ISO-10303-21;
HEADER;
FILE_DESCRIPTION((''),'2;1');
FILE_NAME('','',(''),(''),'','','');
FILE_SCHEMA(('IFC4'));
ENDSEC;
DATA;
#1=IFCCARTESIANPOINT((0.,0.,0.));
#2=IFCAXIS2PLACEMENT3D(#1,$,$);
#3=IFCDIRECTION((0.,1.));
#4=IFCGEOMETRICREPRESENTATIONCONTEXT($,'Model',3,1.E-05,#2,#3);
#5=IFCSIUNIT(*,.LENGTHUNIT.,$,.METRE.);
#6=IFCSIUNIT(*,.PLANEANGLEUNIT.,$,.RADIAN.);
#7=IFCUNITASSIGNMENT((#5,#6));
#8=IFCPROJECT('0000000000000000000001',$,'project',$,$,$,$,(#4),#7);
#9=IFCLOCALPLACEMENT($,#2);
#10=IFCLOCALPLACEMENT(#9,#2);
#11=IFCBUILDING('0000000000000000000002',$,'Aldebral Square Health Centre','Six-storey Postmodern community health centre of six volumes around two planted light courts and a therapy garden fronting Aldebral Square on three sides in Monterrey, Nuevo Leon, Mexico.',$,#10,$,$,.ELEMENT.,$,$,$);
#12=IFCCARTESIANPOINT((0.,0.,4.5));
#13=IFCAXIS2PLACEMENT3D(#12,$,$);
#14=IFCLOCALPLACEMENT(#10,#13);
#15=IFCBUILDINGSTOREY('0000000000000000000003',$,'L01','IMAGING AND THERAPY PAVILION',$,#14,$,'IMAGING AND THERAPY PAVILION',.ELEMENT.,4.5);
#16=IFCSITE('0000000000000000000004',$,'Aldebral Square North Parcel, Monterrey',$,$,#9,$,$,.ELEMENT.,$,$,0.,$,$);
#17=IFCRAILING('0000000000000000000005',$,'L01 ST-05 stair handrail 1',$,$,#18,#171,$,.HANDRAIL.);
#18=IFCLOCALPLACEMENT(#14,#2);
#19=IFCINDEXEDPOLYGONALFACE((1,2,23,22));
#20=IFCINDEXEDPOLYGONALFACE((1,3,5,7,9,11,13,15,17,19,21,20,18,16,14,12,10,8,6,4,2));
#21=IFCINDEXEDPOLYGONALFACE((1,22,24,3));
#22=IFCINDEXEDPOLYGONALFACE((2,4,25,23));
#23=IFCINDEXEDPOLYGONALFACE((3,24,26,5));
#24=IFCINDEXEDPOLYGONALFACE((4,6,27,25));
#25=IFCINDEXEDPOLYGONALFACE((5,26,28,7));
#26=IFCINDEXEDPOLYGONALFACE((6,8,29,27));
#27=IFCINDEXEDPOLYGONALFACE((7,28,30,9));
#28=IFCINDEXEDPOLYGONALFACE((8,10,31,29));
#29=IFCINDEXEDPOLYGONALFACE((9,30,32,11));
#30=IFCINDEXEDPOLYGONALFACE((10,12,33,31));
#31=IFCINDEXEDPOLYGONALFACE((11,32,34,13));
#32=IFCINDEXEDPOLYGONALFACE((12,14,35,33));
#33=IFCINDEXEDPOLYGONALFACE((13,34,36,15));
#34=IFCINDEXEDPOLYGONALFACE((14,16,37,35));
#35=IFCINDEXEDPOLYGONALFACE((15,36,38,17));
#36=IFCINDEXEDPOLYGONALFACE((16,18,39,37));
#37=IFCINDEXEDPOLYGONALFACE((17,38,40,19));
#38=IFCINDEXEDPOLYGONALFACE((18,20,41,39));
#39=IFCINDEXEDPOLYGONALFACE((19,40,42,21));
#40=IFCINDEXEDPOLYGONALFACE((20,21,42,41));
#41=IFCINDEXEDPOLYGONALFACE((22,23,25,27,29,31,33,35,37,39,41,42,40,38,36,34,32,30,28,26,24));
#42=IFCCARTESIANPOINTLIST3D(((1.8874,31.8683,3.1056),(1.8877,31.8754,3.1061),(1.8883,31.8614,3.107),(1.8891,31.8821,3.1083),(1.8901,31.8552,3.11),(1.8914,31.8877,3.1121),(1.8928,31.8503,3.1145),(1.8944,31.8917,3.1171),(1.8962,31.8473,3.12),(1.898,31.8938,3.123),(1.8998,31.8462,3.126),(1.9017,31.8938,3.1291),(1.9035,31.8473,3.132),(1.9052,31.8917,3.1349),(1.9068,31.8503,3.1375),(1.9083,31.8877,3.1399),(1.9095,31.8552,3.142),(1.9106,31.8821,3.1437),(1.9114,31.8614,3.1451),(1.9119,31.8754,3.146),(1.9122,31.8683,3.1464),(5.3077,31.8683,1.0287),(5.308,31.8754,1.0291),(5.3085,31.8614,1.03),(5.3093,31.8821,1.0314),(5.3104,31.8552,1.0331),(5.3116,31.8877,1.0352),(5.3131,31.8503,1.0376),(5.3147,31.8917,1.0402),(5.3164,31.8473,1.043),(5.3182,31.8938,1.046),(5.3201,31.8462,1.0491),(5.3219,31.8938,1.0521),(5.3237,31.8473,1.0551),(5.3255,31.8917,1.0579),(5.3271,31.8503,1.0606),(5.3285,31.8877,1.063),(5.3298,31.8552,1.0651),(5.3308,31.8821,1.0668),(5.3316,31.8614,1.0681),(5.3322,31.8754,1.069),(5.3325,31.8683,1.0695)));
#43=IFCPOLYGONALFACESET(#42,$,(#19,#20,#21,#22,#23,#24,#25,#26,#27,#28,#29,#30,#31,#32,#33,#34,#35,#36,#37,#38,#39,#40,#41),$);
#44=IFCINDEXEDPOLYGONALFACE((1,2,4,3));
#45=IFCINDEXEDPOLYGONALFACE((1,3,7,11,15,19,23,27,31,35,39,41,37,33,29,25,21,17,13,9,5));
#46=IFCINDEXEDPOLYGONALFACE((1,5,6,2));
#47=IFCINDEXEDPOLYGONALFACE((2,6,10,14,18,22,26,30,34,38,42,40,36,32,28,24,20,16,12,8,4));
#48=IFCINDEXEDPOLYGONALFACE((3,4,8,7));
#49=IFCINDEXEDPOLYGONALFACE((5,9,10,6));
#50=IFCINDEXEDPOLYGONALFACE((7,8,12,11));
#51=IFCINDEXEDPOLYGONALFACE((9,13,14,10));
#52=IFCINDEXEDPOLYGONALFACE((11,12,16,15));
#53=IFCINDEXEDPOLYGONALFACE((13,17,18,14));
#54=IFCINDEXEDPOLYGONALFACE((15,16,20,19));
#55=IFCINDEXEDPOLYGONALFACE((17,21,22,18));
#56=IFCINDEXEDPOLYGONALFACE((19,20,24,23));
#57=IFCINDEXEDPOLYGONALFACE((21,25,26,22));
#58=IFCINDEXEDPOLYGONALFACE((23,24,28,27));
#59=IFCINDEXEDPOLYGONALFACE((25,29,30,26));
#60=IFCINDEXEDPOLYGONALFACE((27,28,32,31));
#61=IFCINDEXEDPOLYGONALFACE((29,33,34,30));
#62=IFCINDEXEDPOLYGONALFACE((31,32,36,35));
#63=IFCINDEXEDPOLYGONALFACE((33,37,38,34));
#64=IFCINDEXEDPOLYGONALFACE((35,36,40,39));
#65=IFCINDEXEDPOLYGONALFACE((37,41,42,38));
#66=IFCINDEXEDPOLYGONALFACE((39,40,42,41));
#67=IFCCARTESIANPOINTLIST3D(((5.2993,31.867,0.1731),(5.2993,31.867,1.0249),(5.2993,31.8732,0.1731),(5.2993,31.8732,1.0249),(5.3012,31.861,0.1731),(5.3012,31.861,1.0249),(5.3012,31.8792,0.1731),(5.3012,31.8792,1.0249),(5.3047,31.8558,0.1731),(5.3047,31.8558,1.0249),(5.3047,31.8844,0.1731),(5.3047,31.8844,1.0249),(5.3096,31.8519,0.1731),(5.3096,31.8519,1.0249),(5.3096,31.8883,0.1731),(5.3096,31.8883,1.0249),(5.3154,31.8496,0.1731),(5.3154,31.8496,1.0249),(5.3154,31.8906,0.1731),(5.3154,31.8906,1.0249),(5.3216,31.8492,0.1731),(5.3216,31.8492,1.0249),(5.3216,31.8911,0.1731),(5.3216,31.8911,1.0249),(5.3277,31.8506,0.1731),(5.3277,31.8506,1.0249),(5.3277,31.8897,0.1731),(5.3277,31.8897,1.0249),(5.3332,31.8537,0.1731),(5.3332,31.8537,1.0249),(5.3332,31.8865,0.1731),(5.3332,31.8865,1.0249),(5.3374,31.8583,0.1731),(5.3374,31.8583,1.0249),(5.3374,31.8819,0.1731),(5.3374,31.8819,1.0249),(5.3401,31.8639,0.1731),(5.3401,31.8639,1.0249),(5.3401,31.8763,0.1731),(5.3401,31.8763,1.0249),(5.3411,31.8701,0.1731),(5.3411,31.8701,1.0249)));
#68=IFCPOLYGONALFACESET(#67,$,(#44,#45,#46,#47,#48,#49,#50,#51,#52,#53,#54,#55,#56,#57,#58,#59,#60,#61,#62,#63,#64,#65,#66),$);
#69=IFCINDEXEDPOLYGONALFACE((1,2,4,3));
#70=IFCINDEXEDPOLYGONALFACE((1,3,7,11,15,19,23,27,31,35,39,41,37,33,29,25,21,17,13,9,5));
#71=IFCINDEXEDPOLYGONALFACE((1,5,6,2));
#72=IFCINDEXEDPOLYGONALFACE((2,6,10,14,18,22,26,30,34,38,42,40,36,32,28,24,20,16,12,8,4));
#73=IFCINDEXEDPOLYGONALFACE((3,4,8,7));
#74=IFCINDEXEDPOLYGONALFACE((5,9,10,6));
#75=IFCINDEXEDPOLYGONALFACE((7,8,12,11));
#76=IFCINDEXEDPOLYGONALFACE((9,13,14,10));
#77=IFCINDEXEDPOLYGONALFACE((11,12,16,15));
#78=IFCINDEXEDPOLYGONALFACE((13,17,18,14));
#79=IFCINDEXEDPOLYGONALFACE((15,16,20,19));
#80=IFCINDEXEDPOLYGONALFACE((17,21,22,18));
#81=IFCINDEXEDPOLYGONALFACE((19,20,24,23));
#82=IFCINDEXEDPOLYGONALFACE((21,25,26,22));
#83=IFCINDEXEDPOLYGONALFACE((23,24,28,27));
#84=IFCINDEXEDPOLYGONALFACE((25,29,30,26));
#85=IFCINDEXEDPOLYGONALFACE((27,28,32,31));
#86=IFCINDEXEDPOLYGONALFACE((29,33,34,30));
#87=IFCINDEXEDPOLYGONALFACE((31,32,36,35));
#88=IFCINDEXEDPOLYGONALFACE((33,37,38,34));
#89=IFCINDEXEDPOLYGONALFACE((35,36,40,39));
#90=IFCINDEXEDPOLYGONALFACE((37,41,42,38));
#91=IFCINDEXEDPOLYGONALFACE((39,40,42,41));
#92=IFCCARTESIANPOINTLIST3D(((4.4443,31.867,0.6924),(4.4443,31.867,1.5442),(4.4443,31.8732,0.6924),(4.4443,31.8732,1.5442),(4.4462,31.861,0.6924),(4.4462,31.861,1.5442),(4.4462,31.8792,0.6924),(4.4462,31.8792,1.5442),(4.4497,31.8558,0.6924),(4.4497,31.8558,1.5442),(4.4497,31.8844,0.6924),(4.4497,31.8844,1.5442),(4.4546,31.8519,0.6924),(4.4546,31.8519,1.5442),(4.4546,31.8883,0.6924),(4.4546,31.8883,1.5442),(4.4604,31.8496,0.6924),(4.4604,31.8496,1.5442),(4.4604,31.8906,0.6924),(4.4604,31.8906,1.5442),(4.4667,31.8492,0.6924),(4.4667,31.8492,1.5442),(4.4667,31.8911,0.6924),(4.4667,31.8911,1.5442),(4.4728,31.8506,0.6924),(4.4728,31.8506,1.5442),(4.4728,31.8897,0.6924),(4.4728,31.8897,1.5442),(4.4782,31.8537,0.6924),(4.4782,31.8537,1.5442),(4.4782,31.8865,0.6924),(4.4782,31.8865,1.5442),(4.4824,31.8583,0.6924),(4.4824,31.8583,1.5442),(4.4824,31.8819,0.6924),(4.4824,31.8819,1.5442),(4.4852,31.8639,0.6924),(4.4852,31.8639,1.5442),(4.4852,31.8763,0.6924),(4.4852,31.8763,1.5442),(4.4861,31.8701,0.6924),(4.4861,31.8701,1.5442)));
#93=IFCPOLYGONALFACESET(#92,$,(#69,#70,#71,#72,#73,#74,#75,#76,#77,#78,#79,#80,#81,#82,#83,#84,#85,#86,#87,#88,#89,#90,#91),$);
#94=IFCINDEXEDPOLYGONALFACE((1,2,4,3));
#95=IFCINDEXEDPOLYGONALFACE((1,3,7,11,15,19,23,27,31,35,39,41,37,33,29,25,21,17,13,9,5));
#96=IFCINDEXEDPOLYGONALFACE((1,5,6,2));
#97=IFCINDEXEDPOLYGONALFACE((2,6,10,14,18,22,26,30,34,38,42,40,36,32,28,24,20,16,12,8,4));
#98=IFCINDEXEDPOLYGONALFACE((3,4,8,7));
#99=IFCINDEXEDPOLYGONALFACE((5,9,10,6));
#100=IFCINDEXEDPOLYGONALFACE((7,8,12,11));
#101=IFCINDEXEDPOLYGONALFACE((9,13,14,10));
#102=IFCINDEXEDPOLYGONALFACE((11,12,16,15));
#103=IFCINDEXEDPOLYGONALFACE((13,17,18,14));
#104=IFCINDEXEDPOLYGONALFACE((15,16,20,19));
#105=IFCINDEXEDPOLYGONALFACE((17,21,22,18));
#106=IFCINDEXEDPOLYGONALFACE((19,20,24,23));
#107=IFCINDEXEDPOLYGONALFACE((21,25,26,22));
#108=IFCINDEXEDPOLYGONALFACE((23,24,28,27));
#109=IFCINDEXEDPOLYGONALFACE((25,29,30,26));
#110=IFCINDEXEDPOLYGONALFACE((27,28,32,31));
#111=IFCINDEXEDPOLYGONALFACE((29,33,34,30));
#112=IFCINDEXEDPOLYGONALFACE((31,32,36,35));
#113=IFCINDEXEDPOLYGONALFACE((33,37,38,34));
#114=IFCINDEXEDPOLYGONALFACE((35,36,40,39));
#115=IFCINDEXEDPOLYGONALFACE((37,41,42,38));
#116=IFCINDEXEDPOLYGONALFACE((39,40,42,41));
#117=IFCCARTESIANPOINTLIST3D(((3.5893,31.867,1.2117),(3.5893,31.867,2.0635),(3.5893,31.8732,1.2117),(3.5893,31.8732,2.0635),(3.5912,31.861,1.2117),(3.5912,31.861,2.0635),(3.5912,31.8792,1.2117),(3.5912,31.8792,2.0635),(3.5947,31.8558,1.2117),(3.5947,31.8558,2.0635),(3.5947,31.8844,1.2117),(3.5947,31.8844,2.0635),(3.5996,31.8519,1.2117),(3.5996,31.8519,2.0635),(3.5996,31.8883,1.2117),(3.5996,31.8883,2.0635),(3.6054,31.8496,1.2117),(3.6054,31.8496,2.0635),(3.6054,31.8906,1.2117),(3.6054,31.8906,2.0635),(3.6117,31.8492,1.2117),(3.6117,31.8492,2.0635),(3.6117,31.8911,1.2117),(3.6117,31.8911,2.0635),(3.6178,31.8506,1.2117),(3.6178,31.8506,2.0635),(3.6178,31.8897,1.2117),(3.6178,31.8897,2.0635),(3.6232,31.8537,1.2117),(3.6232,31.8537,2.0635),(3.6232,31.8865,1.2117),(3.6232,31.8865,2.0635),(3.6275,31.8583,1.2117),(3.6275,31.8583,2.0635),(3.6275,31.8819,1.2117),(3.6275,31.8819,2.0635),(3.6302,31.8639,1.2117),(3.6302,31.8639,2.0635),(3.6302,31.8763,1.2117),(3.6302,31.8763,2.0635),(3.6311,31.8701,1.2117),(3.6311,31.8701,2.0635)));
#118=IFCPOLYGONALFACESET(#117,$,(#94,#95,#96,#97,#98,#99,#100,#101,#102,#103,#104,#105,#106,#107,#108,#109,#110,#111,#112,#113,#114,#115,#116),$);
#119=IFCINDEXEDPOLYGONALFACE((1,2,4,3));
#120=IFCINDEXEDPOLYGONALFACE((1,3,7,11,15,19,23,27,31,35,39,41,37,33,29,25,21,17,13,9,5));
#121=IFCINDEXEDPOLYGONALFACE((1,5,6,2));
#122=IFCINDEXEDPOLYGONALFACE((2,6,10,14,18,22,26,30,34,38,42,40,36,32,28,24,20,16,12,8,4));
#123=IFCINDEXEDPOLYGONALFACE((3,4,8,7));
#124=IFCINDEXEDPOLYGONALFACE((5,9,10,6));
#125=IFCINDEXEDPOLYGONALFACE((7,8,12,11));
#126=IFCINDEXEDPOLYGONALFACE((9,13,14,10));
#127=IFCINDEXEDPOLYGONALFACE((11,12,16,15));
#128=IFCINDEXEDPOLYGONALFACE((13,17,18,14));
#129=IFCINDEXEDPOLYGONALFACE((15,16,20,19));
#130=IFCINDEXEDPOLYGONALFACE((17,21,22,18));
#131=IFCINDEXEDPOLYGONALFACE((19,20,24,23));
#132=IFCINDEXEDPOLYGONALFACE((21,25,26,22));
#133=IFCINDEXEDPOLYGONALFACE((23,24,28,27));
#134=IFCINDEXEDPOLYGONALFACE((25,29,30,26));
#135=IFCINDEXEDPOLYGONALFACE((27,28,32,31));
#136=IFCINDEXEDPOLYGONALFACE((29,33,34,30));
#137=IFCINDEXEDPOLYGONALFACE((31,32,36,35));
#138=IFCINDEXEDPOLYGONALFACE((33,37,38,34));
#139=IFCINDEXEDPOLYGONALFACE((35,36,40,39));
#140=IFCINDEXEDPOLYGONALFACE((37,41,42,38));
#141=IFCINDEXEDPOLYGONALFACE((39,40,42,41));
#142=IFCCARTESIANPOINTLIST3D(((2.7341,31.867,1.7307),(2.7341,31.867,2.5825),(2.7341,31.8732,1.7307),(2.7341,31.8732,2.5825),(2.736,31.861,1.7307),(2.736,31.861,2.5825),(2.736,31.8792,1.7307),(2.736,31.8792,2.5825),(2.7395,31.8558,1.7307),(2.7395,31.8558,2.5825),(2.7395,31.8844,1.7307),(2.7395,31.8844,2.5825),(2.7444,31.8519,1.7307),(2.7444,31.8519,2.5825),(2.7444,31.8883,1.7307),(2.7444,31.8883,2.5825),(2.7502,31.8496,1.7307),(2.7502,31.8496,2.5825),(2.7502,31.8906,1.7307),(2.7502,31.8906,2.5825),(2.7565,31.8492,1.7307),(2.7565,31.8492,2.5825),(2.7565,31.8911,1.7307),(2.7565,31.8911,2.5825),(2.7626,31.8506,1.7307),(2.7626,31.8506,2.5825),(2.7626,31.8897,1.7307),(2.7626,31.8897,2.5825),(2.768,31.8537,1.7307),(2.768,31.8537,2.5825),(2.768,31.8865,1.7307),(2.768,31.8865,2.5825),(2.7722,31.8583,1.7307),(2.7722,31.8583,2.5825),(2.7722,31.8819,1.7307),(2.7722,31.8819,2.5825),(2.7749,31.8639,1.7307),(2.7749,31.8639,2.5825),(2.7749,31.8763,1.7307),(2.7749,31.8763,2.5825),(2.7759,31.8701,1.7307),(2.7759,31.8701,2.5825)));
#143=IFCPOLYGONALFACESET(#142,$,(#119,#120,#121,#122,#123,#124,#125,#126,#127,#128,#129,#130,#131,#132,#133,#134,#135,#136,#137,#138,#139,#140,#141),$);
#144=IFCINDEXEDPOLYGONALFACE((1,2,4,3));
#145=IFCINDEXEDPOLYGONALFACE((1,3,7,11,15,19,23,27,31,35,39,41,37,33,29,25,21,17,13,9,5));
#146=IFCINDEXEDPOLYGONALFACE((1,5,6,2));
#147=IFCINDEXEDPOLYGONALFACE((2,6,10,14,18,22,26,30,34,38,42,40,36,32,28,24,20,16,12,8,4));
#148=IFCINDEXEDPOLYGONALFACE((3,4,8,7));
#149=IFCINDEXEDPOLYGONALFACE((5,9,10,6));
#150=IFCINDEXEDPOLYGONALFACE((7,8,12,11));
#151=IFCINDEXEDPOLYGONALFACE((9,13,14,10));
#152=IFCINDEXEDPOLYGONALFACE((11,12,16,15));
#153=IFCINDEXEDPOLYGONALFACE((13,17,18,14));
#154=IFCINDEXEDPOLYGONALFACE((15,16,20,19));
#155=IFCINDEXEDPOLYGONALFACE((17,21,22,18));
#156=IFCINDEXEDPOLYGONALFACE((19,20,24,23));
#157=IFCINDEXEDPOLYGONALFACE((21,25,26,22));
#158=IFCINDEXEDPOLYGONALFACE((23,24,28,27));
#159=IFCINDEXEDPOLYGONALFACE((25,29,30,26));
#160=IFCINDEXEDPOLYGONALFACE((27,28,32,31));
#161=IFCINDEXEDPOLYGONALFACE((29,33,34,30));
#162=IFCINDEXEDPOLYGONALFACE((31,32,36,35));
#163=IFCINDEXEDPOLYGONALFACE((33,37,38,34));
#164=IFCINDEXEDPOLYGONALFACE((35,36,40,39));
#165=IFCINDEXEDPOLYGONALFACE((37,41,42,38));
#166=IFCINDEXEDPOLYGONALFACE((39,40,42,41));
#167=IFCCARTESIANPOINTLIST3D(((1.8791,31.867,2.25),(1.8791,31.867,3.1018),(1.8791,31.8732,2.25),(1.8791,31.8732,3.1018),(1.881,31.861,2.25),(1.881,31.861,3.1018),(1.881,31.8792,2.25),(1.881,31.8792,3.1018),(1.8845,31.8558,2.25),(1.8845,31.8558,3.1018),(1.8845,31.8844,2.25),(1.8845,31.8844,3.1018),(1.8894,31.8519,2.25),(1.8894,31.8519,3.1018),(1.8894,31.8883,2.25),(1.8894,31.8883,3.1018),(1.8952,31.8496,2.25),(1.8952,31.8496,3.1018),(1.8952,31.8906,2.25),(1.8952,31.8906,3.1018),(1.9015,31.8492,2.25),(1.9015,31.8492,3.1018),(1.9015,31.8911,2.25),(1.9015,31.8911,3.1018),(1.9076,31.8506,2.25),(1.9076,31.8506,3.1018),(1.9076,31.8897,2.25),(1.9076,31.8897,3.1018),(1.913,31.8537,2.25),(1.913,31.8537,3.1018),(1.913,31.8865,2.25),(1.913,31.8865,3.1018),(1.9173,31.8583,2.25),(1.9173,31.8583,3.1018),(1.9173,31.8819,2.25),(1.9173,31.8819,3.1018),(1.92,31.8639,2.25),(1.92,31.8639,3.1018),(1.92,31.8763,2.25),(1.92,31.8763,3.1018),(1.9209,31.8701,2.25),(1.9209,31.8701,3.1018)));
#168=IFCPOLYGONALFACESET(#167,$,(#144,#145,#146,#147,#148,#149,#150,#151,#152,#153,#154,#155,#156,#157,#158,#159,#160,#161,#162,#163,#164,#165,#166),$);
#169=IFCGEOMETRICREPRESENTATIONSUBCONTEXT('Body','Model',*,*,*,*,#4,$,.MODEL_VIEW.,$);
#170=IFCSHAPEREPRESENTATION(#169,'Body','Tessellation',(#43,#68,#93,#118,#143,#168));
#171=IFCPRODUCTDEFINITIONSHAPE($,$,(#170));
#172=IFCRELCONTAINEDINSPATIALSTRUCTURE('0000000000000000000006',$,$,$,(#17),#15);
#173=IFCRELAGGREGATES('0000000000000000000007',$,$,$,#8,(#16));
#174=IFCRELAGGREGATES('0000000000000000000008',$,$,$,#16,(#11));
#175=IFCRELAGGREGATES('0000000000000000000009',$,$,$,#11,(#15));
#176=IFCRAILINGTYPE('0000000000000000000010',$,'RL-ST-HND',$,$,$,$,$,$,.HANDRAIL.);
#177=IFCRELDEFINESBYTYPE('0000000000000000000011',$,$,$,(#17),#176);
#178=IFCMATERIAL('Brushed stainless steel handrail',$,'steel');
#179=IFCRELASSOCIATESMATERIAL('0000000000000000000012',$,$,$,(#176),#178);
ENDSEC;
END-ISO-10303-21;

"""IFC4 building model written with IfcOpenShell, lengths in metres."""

from ifc_helpers import new_model, si_unit, direction, frame, origin, origin_2d, place, context, subcontext, project, spatial, circle, extrude, material, type_object, element, save


model = new_model("IFC4")

# Units and contexts
model_context = context("Model", 3, precision=1e-05, world=origin(), true_north=direction((0.0, 1.0)))
body_context = subcontext(model_context, "Body", "Model", "MODEL_VIEW")
ifc_project = project(units=[si_unit("LENGTHUNIT", "METRE"), si_unit("PLANEANGLEUNIT", "RADIAN")], contexts=[model_context])

# Site, building, storey
site_placement = place(None, origin())
site = spatial("IfcSite", under=ifc_project, at=site_placement, Name="Aldebral Square North Parcel, Monterrey", CompositionType="ELEMENT", RefElevation=0.0)
building_placement = place(site_placement, origin())
building = spatial("IfcBuilding", under=site, at=building_placement, Name="Aldebral Square Health Centre", Description="Six-storey Postmodern community health centre of six volumes around two planted light courts and a therapy garden fronting Aldebral Square on three sides in Monterrey, Nuevo Leon, Mexico.", CompositionType="ELEMENT")
storey_placement = place(building_placement, frame((0.0, 0.0, 4.5)))
storey = spatial("IfcBuildingStorey", under=building, at=storey_placement, Name="L01", Description="IMAGING AND THERAPY PAVILION", LongName="IMAGING AND THERAPY PAVILION", CompositionType="ELEMENT", Elevation=4.5)

# Railing
ifc_material_1 = material(Name="Brushed stainless steel handrail", Category="steel")
railing_type_1 = type_object("IfcRailingType", Name="RL-ST-HND", PredefinedType="HANDRAIL", material=ifc_material_1)
railing_1_placement = place(storey_placement, frame((5.3201, 31.8701, 0.1731)))
element("IfcRailing", 1, at=railing_1_placement, inside=storey, type_object=railing_type_1, Name="L01 ST-05 stair handrail 1", PredefinedType="HANDRAIL", context=body_context, shape_type="SweptSolid", body=[
    extrude(circle(Radius=0.0239, at=origin_2d()), frame((0.0, 0.0, 0.876), z_axis=(-0.854746, 0.0, 0.519047), x_axis=(0.0, -1.0, 0.0)), (0.0, 0.0, 1.0), 4.0015),
    extrude(circle(Radius=0.021, at=origin_2d()), origin(), (0.0, 0.0, 1.0), 0.8518),
    extrude(circle(Radius=0.021, at=origin_2d()), frame((-0.855, 0.0, 0.5193)), (0.0, 0.0, 1.0), 0.8518),
    extrude(circle(Radius=0.021, at=origin_2d()), frame((-1.71, 0.0, 1.0386)), (0.0, 0.0, 1.0), 0.8518),
    extrude(circle(Radius=0.021, at=origin_2d()), frame((-2.5652, 0.0, 1.5576)), (0.0, 0.0, 1.0), 0.8518),
    extrude(circle(Radius=0.021, at=origin_2d()), frame((-3.4202, 0.0, 2.0769)), (0.0, 0.0, 1.0), 0.8518),
])

save(model, "model.ifc")
